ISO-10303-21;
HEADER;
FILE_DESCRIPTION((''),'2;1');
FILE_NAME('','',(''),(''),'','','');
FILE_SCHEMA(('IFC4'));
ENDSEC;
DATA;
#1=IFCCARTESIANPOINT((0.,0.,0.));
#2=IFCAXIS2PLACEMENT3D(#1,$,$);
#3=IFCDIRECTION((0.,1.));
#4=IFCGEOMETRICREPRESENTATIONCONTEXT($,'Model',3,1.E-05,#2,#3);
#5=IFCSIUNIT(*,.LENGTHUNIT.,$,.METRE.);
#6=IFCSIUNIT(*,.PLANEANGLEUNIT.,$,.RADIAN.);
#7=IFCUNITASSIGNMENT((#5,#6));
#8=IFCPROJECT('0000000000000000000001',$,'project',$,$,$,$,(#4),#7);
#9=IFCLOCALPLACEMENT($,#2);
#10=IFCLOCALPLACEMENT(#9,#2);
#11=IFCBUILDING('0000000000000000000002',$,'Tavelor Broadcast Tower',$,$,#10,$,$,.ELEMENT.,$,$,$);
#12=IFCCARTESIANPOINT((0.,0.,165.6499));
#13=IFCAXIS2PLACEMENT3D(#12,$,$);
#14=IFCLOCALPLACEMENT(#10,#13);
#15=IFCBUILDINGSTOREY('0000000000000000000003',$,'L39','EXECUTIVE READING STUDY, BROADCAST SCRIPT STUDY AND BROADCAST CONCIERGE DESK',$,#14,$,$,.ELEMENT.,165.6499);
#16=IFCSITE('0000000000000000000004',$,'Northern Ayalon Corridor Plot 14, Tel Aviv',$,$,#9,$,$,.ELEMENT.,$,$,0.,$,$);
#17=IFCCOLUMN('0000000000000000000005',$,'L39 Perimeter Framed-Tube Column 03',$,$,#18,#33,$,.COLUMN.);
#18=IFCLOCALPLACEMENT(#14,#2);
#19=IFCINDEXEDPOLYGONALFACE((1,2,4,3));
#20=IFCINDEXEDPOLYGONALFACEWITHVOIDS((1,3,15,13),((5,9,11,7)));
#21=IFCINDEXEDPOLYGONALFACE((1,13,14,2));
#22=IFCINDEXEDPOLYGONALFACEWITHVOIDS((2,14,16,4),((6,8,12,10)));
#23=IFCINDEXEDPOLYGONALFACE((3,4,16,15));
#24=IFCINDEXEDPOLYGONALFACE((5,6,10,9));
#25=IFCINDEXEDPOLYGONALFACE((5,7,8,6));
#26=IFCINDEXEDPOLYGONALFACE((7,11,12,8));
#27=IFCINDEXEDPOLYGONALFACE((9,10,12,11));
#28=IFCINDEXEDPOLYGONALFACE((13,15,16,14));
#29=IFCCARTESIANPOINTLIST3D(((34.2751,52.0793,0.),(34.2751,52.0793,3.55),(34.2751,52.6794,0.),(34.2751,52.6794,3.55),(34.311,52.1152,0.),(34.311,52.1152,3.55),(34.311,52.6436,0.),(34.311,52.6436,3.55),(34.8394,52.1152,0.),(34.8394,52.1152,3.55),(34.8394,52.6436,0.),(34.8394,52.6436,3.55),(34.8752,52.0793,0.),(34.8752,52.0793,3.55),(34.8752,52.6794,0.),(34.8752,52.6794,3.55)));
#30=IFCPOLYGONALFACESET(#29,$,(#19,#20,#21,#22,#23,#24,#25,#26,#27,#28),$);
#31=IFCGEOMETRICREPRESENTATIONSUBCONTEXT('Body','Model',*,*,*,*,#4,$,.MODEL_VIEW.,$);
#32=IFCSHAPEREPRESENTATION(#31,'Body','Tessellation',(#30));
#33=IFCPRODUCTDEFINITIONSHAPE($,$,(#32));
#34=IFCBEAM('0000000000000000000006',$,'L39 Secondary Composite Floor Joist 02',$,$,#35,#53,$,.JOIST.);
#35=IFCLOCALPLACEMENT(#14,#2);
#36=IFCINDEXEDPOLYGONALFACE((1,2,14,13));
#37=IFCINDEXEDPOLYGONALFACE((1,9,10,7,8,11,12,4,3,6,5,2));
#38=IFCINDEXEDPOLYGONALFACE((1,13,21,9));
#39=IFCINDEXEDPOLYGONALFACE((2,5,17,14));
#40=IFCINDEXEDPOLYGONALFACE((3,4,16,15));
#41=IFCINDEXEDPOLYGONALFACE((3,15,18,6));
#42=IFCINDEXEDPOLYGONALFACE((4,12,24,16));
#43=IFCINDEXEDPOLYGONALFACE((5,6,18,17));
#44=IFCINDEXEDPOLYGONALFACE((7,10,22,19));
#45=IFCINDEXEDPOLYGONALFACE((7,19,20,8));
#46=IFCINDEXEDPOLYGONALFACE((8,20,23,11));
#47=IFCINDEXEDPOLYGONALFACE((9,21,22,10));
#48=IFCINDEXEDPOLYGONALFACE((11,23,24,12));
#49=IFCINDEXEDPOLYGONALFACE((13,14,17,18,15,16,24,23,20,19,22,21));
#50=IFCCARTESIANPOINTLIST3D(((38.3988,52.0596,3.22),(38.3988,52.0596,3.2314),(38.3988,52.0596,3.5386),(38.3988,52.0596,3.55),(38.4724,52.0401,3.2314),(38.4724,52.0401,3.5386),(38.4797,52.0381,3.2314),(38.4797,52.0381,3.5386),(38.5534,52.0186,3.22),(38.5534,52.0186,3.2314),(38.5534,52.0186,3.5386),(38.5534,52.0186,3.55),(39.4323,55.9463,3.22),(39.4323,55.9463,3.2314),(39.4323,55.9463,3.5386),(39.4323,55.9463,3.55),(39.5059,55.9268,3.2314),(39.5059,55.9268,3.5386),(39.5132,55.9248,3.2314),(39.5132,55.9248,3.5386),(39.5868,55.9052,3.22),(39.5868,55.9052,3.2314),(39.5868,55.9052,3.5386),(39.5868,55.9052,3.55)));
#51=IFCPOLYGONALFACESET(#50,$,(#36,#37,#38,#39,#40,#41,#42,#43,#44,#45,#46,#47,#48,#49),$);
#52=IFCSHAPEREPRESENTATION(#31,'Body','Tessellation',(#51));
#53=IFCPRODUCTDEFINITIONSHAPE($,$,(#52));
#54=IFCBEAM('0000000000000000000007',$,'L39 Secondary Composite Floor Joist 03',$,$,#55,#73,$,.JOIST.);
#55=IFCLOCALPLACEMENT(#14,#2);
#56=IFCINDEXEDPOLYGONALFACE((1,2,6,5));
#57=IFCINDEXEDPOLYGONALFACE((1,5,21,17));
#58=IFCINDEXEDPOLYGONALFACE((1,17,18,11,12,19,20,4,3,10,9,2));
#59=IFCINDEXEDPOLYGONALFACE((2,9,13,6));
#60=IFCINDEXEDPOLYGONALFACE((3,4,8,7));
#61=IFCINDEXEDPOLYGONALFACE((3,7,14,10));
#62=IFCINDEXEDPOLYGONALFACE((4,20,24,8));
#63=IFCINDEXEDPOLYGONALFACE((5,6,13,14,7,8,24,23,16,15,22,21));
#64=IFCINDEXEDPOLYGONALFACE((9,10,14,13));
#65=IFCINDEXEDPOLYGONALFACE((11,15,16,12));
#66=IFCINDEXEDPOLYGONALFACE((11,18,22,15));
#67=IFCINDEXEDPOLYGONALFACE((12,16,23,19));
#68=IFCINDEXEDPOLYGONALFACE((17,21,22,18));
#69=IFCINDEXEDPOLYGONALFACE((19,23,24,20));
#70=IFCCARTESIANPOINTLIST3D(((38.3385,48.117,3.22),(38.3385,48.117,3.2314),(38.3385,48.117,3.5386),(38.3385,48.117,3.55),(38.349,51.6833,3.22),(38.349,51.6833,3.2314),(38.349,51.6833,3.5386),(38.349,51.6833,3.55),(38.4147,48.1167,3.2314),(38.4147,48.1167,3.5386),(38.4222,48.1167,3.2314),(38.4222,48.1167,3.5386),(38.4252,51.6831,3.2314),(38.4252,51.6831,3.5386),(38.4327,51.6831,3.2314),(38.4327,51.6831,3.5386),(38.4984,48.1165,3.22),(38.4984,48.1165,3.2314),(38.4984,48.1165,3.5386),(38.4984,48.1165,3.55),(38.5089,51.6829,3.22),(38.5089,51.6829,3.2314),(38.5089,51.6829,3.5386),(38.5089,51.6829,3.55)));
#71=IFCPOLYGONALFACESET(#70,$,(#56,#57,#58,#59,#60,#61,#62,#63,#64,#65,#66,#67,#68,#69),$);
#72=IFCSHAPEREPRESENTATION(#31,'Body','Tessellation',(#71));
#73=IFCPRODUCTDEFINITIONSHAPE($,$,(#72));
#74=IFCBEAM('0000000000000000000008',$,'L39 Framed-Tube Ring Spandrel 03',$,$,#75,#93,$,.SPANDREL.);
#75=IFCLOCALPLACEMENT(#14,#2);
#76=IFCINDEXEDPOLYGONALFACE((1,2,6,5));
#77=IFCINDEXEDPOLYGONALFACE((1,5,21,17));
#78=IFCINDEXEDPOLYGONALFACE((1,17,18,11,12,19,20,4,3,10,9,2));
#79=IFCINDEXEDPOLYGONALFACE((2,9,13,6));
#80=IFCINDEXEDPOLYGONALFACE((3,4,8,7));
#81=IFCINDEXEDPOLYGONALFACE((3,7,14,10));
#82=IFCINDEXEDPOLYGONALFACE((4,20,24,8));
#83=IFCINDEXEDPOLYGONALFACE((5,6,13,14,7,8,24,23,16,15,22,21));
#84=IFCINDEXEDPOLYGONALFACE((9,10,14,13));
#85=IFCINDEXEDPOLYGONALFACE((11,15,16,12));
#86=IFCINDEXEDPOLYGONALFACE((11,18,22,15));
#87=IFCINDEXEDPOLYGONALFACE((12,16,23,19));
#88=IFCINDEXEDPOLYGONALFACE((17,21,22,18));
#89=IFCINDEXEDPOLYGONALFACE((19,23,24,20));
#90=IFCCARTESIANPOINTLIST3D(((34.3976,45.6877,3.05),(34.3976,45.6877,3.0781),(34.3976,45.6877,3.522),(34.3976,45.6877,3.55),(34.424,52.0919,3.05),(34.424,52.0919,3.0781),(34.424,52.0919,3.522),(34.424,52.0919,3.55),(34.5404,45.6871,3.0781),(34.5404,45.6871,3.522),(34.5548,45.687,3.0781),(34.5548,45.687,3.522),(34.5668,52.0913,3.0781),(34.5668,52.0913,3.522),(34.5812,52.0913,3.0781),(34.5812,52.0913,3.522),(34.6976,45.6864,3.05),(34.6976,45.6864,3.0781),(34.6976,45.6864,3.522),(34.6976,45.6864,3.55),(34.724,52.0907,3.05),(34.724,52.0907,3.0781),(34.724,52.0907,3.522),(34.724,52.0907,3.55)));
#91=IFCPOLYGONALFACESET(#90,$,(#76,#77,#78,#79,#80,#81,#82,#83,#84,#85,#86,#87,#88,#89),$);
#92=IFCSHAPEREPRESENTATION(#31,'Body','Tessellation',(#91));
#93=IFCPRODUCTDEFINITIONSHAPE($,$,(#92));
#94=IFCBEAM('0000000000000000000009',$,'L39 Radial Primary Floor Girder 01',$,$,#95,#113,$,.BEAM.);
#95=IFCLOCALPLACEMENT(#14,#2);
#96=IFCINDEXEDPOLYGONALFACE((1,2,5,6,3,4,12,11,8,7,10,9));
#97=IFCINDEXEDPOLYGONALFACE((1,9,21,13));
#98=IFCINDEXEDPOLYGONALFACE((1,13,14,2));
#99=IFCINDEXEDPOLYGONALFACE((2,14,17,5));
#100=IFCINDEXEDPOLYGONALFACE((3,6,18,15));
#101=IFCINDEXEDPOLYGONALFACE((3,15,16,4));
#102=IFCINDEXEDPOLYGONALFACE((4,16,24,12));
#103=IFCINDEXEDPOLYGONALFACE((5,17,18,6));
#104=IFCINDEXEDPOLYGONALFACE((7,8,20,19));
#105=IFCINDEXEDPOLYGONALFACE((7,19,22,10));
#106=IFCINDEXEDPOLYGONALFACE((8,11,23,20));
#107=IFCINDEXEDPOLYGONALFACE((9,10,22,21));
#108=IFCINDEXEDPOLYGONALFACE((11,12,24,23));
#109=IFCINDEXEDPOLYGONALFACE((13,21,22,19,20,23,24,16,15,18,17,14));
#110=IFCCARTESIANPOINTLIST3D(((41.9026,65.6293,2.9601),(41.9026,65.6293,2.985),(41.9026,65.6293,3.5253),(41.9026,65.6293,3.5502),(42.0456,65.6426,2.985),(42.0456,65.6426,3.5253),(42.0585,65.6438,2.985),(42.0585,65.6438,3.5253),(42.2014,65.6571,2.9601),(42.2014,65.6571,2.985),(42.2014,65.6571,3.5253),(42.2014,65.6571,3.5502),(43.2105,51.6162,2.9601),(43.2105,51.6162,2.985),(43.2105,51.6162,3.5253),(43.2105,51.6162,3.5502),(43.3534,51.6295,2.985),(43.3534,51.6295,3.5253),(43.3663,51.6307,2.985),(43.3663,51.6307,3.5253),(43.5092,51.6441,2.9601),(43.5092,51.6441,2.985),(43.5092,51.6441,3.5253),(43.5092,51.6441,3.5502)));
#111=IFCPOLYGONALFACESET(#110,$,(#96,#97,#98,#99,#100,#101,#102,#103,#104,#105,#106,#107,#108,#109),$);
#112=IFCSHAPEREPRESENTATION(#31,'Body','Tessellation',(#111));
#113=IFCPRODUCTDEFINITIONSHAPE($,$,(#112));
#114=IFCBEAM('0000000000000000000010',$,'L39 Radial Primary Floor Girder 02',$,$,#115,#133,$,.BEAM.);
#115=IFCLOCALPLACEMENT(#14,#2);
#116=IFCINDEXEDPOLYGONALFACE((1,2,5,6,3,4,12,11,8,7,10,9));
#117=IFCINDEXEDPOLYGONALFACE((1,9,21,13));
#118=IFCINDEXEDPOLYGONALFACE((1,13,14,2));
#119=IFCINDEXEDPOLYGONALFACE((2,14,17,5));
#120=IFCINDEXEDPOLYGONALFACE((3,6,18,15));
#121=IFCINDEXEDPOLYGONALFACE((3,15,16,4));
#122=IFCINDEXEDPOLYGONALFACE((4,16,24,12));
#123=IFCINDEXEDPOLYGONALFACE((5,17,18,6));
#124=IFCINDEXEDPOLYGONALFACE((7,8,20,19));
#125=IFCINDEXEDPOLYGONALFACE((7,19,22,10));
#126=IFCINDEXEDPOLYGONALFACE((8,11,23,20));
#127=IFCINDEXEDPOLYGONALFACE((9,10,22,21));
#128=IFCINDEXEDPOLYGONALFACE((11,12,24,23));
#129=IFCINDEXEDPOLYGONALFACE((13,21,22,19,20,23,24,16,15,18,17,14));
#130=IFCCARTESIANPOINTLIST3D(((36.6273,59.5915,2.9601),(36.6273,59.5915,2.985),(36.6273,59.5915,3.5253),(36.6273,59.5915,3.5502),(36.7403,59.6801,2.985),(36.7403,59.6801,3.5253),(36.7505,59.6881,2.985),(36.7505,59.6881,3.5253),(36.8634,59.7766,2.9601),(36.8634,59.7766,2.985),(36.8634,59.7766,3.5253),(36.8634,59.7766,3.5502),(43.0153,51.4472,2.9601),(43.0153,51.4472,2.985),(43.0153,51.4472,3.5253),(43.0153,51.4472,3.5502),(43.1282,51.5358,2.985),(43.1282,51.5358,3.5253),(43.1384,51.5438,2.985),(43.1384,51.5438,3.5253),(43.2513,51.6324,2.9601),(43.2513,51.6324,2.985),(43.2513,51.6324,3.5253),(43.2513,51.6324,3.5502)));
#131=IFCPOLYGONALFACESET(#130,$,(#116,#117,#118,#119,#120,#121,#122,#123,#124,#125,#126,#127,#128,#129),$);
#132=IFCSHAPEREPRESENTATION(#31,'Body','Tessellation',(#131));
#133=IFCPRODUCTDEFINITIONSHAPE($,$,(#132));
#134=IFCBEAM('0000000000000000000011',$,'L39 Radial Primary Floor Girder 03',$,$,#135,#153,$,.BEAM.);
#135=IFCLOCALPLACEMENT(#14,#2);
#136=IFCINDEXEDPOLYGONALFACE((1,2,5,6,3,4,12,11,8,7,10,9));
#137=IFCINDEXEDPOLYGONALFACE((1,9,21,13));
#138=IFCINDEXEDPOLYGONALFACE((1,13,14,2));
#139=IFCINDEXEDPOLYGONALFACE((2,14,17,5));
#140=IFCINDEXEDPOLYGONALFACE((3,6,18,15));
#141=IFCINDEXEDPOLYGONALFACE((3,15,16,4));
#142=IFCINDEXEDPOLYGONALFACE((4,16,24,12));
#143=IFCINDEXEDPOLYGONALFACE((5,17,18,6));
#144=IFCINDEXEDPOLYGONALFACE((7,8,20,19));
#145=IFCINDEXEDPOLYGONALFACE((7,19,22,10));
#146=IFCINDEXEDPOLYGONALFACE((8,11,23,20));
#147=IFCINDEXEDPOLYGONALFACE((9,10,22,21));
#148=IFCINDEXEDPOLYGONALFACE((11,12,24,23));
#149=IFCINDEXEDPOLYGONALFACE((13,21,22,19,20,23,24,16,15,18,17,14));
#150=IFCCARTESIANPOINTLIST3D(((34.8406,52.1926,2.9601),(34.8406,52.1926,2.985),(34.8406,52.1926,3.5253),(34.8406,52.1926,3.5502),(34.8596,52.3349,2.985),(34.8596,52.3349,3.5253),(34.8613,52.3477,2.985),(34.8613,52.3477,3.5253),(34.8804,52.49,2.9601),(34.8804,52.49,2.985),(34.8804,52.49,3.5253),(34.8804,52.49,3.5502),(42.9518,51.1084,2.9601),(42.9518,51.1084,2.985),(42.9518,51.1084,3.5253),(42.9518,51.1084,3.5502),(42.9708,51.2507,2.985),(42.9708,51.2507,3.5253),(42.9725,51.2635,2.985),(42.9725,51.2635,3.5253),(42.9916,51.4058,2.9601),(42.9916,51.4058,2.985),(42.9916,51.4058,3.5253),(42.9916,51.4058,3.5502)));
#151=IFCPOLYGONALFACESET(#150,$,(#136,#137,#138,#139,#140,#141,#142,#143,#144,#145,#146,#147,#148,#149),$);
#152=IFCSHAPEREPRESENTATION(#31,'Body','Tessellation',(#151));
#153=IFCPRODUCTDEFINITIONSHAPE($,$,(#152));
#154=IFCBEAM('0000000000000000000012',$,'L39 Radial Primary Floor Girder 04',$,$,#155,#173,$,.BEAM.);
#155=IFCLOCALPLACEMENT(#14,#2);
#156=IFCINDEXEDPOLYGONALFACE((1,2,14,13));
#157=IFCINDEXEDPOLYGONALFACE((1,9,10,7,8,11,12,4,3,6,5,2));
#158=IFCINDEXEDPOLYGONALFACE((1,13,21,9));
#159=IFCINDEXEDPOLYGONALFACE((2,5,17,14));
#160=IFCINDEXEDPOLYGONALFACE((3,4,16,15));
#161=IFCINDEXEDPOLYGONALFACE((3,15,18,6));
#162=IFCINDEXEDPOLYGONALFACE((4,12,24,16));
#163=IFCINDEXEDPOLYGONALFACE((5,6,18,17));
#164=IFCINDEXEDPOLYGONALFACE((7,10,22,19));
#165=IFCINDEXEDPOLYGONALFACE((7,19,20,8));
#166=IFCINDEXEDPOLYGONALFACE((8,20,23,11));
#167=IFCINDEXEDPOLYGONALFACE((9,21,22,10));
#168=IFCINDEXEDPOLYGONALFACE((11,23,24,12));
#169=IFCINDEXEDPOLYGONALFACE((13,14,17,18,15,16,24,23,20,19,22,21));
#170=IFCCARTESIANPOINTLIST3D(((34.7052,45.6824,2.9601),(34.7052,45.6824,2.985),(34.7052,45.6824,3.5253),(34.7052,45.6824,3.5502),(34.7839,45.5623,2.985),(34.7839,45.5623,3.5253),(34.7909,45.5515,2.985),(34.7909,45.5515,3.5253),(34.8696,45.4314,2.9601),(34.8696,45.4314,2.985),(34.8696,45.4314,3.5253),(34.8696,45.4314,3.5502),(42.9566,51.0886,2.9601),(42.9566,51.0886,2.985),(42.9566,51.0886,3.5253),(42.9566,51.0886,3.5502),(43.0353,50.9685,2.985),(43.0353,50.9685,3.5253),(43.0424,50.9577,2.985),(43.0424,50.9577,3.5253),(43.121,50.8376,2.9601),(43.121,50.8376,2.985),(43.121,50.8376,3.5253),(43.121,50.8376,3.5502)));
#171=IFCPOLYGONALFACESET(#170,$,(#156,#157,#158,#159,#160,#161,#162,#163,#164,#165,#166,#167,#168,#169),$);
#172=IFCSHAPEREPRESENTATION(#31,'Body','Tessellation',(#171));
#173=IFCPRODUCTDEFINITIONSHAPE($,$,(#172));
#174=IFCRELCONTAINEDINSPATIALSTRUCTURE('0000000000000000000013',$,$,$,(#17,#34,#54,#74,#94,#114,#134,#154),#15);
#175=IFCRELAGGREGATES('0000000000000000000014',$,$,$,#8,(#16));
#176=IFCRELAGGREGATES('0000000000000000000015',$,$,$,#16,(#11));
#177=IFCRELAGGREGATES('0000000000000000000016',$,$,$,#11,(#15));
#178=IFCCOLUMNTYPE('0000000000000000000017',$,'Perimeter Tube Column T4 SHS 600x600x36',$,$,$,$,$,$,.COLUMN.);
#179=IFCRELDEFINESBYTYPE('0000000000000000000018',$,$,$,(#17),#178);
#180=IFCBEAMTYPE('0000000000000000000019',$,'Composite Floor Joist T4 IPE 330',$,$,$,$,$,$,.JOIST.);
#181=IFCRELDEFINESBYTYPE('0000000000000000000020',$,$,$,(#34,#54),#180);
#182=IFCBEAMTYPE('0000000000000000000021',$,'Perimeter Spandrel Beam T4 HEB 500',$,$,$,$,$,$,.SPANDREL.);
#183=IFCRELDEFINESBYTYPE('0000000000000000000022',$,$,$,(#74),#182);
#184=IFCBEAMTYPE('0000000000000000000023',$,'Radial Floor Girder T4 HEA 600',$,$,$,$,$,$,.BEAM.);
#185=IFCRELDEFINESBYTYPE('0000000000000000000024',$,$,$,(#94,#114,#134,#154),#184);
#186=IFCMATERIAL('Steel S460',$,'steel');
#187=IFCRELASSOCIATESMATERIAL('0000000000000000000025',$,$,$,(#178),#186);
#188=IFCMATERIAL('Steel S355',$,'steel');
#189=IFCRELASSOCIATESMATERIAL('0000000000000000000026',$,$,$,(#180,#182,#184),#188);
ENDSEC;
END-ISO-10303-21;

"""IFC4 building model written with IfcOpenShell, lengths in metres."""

from ifc_helpers import new_model, si_unit, direction, frame, origin, origin_2d, place, context, subcontext, project, spatial, hollow_rectangle, i_section, extrude, material, material_profile, profile_set, type_object, element, save


model = new_model("IFC4")

# Units and contexts
model_context = context("Model", 3, precision=1e-05, world=origin(), true_north=direction((0.0, 1.0)))
body_context = subcontext(model_context, "Body", "Model", "MODEL_VIEW")
ifc_project = project(units=[si_unit("LENGTHUNIT", "METRE"), si_unit("PLANEANGLEUNIT", "RADIAN")], contexts=[model_context])

# Site, building, storey
site_placement = place(None, origin())
site = spatial("IfcSite", under=ifc_project, at=site_placement, Name="Northern Ayalon Corridor Plot 14, Tel Aviv", CompositionType="ELEMENT", RefElevation=0.0)
building_placement = place(site_placement, origin())
building = spatial("IfcBuilding", under=site, at=building_placement, Name="Tavelor Broadcast Tower", CompositionType="ELEMENT")
storey_placement = place(building_placement, frame((0.0, 0.0, 165.6499)))
storey = spatial("IfcBuildingStorey", under=building, at=storey_placement, Name="L39", Description="EXECUTIVE READING STUDY, BROADCAST SCRIPT STUDY AND BROADCAST CONCIERGE DESK", CompositionType="ELEMENT", Elevation=165.6499)

# Column
ifc_material_1 = material(Name="Steel S460", Category="steel")
ifc_material_profile_1 = material_profile(ifc_material_1, hollow_rectangle(XDim=0.6001, YDim=0.6001, WallThickness=0.0359, at=origin_2d()), Name="SHS 600x600x36")
ifc_profile_set_1 = profile_set([ifc_material_profile_1], Name="Steel S460")
column_type = type_object("IfcColumnType", Name="Perimeter Tube Column T4 SHS 600x600x36", PredefinedType="COLUMN", material=ifc_profile_set_1)
column_placement = place(storey_placement, frame((34.5752, 52.3794, 0.0), z_axis=(0.0, 0.0, 1.0), x_axis=(1.0, 0.0, 0.0)))
element("IfcColumn", 1, at=column_placement, inside=storey, type_object=column_type, Name="L39 Perimeter Framed-Tube Column 03", PredefinedType="COLUMN", context=body_context, shape_type="SweptSolid", body=[
    extrude(hollow_rectangle(XDim=0.6001, YDim=0.6001, WallThickness=0.0359, at=origin_2d()), origin(), (0.0, 0.0, 1.0), 3.55),
])

# Beams
ifc_material_2 = material(Name="Steel S355", Category="steel")
ifc_material_profile_2 = material_profile(ifc_material_2, i_section(OverallWidth=0.1599, OverallDepth=0.3301, WebThickness=0.0076, FlangeThickness=0.0115, at=origin_2d()), Name="IPE 330")
ifc_profile_set_2 = profile_set([ifc_material_profile_2], Name="Steel S355")
beam_type_1 = type_object("IfcBeamType", Name="Composite Floor Joist T4 IPE 330", PredefinedType="JOIST", material=ifc_profile_set_2)
beam_1_placement = place(storey_placement, frame((39.5095, 55.9258, 3.385), z_axis=(-0.256964, -0.966421, 0.0), x_axis=(0.966421, -0.256964, 0.0)))
element("IfcBeam", 2, at=beam_1_placement, inside=storey, type_object=beam_type_1, Name="L39 Secondary Composite Floor Joist 02", PredefinedType="JOIST", context=body_context, shape_type="SweptSolid", body=[
    extrude(i_section(OverallWidth=0.1599, OverallDepth=0.3301, WebThickness=0.0076, FlangeThickness=0.0115, at=origin_2d()), origin(), (0.0, 0.0, 1.0), 4.0217),
])
beam_2_placement = place(storey_placement, frame((38.429, 51.6831, 3.385), z_axis=(-0.002944, -0.999996, 0.0), x_axis=(0.999996, -0.002944, 0.0)))
element("IfcBeam", 3, at=beam_2_placement, inside=storey, type_object=beam_type_1, Name="L39 Secondary Composite Floor Joist 03", PredefinedType="JOIST", context=body_context, shape_type="SweptSolid", body=[
    extrude(i_section(OverallWidth=0.1599, OverallDepth=0.3301, WebThickness=0.0076, FlangeThickness=0.0115, at=origin_2d()), origin(), (0.0, 0.0, 1.0), 3.5664),
])
ifc_material_profile_3 = material_profile(ifc_material_2, i_section(OverallWidth=0.3, OverallDepth=0.5, WebThickness=0.0144, FlangeThickness=0.0281, at=origin_2d()), Name="HEB 500")
ifc_profile_set_3 = profile_set([ifc_material_profile_3], Name="Steel S355")
beam_type_2 = type_object("IfcBeamType", Name="Perimeter Spandrel Beam T4 HEB 500", PredefinedType="SPANDREL", material=ifc_profile_set_3)
beam_3_placement = place(storey_placement, frame((34.574, 52.0913, 3.3), z_axis=(-0.004117, -0.999992, 0.0), x_axis=(0.999992, -0.004117, 0.0)))
element("IfcBeam", 4, at=beam_3_placement, inside=storey, type_object=beam_type_2, Name="L39 Framed-Tube Ring Spandrel 03", PredefinedType="SPANDREL", context=body_context, shape_type="SweptSolid", body=[
    extrude(i_section(OverallWidth=0.3, OverallDepth=0.5, WebThickness=0.0144, FlangeThickness=0.0281, at=origin_2d()), origin(), (0.0, 0.0, 1.0), 6.4043),
])
ifc_material_profile_4 = material_profile(ifc_material_2, i_section(OverallWidth=0.3, OverallDepth=0.5901, WebThickness=0.0129, FlangeThickness=0.0249, at=origin_2d()), Name="HEA 600")
ifc_profile_set_4 = profile_set([ifc_material_profile_4], Name="Steel S355")
beam_type_3 = type_object("IfcBeamType", Name="Radial Floor Girder T4 HEA 600", PredefinedType="BEAM", material=ifc_profile_set_4)
beam_4_placement = place(storey_placement, frame((43.3599, 51.6301, 3.2551), z_axis=(-0.092927, 0.995673, 0.0), x_axis=(-0.995673, -0.092927, 0.0)))
element("IfcBeam", 5, at=beam_4_placement, inside=storey, type_object=beam_type_3, Name="L39 Radial Primary Floor Girder 01", PredefinedType="BEAM", context=body_context, shape_type="SweptSolid", body=[
    extrude(i_section(OverallWidth=0.3, OverallDepth=0.5901, WebThickness=0.0129, FlangeThickness=0.0249, at=origin_2d()), origin(), (0.0, 0.0, 1.0), 14.074),
])
beam_5_placement = place(storey_placement, frame((43.1333, 51.5398, 3.2551), z_axis=(-0.617156, 0.786841, 0.0), x_axis=(-0.786841, -0.617156, 0.0)))
element("IfcBeam", 6, at=beam_5_placement, inside=storey, type_object=beam_type_3, Name="L39 Radial Primary Floor Girder 02", PredefinedType="BEAM", context=body_context, shape_type="SweptSolid", body=[
    extrude(i_section(OverallWidth=0.3, OverallDepth=0.5901, WebThickness=0.0129, FlangeThickness=0.0249, at=origin_2d()), origin(), (0.0, 0.0, 1.0), 10.3506),
])
beam_6_placement = place(storey_placement, frame((42.9717, 51.2571, 3.2551), z_axis=(-0.991184, 0.132494, 0.0), x_axis=(-0.132494, -0.991184, 0.0)))
element("IfcBeam", 7, at=beam_6_placement, inside=storey, type_object=beam_type_3, Name="L39 Radial Primary Floor Girder 03", PredefinedType="BEAM", context=body_context, shape_type="SweptSolid", body=[
    extrude(i_section(OverallWidth=0.3, OverallDepth=0.5901, WebThickness=0.0129, FlangeThickness=0.0249, at=origin_2d()), origin(), (0.0, 0.0, 1.0), 8.1833),
])
beam_7_placement = place(storey_placement, frame((43.0388, 50.9631, 3.2551), z_axis=(-0.836456, -0.548035, 0.0), x_axis=(0.548035, -0.836456, 0.0)))
element("IfcBeam", 8, at=beam_7_placement, inside=storey, type_object=beam_type_3, Name="L39 Radial Primary Floor Girder 04", PredefinedType="BEAM", context=body_context, shape_type="SweptSolid", body=[
    extrude(i_section(OverallWidth=0.3, OverallDepth=0.5901, WebThickness=0.0129, FlangeThickness=0.0249, at=origin_2d()), origin(), (0.0, 0.0, 1.0), 9.8647),
])

save(model, "model.ifc")
